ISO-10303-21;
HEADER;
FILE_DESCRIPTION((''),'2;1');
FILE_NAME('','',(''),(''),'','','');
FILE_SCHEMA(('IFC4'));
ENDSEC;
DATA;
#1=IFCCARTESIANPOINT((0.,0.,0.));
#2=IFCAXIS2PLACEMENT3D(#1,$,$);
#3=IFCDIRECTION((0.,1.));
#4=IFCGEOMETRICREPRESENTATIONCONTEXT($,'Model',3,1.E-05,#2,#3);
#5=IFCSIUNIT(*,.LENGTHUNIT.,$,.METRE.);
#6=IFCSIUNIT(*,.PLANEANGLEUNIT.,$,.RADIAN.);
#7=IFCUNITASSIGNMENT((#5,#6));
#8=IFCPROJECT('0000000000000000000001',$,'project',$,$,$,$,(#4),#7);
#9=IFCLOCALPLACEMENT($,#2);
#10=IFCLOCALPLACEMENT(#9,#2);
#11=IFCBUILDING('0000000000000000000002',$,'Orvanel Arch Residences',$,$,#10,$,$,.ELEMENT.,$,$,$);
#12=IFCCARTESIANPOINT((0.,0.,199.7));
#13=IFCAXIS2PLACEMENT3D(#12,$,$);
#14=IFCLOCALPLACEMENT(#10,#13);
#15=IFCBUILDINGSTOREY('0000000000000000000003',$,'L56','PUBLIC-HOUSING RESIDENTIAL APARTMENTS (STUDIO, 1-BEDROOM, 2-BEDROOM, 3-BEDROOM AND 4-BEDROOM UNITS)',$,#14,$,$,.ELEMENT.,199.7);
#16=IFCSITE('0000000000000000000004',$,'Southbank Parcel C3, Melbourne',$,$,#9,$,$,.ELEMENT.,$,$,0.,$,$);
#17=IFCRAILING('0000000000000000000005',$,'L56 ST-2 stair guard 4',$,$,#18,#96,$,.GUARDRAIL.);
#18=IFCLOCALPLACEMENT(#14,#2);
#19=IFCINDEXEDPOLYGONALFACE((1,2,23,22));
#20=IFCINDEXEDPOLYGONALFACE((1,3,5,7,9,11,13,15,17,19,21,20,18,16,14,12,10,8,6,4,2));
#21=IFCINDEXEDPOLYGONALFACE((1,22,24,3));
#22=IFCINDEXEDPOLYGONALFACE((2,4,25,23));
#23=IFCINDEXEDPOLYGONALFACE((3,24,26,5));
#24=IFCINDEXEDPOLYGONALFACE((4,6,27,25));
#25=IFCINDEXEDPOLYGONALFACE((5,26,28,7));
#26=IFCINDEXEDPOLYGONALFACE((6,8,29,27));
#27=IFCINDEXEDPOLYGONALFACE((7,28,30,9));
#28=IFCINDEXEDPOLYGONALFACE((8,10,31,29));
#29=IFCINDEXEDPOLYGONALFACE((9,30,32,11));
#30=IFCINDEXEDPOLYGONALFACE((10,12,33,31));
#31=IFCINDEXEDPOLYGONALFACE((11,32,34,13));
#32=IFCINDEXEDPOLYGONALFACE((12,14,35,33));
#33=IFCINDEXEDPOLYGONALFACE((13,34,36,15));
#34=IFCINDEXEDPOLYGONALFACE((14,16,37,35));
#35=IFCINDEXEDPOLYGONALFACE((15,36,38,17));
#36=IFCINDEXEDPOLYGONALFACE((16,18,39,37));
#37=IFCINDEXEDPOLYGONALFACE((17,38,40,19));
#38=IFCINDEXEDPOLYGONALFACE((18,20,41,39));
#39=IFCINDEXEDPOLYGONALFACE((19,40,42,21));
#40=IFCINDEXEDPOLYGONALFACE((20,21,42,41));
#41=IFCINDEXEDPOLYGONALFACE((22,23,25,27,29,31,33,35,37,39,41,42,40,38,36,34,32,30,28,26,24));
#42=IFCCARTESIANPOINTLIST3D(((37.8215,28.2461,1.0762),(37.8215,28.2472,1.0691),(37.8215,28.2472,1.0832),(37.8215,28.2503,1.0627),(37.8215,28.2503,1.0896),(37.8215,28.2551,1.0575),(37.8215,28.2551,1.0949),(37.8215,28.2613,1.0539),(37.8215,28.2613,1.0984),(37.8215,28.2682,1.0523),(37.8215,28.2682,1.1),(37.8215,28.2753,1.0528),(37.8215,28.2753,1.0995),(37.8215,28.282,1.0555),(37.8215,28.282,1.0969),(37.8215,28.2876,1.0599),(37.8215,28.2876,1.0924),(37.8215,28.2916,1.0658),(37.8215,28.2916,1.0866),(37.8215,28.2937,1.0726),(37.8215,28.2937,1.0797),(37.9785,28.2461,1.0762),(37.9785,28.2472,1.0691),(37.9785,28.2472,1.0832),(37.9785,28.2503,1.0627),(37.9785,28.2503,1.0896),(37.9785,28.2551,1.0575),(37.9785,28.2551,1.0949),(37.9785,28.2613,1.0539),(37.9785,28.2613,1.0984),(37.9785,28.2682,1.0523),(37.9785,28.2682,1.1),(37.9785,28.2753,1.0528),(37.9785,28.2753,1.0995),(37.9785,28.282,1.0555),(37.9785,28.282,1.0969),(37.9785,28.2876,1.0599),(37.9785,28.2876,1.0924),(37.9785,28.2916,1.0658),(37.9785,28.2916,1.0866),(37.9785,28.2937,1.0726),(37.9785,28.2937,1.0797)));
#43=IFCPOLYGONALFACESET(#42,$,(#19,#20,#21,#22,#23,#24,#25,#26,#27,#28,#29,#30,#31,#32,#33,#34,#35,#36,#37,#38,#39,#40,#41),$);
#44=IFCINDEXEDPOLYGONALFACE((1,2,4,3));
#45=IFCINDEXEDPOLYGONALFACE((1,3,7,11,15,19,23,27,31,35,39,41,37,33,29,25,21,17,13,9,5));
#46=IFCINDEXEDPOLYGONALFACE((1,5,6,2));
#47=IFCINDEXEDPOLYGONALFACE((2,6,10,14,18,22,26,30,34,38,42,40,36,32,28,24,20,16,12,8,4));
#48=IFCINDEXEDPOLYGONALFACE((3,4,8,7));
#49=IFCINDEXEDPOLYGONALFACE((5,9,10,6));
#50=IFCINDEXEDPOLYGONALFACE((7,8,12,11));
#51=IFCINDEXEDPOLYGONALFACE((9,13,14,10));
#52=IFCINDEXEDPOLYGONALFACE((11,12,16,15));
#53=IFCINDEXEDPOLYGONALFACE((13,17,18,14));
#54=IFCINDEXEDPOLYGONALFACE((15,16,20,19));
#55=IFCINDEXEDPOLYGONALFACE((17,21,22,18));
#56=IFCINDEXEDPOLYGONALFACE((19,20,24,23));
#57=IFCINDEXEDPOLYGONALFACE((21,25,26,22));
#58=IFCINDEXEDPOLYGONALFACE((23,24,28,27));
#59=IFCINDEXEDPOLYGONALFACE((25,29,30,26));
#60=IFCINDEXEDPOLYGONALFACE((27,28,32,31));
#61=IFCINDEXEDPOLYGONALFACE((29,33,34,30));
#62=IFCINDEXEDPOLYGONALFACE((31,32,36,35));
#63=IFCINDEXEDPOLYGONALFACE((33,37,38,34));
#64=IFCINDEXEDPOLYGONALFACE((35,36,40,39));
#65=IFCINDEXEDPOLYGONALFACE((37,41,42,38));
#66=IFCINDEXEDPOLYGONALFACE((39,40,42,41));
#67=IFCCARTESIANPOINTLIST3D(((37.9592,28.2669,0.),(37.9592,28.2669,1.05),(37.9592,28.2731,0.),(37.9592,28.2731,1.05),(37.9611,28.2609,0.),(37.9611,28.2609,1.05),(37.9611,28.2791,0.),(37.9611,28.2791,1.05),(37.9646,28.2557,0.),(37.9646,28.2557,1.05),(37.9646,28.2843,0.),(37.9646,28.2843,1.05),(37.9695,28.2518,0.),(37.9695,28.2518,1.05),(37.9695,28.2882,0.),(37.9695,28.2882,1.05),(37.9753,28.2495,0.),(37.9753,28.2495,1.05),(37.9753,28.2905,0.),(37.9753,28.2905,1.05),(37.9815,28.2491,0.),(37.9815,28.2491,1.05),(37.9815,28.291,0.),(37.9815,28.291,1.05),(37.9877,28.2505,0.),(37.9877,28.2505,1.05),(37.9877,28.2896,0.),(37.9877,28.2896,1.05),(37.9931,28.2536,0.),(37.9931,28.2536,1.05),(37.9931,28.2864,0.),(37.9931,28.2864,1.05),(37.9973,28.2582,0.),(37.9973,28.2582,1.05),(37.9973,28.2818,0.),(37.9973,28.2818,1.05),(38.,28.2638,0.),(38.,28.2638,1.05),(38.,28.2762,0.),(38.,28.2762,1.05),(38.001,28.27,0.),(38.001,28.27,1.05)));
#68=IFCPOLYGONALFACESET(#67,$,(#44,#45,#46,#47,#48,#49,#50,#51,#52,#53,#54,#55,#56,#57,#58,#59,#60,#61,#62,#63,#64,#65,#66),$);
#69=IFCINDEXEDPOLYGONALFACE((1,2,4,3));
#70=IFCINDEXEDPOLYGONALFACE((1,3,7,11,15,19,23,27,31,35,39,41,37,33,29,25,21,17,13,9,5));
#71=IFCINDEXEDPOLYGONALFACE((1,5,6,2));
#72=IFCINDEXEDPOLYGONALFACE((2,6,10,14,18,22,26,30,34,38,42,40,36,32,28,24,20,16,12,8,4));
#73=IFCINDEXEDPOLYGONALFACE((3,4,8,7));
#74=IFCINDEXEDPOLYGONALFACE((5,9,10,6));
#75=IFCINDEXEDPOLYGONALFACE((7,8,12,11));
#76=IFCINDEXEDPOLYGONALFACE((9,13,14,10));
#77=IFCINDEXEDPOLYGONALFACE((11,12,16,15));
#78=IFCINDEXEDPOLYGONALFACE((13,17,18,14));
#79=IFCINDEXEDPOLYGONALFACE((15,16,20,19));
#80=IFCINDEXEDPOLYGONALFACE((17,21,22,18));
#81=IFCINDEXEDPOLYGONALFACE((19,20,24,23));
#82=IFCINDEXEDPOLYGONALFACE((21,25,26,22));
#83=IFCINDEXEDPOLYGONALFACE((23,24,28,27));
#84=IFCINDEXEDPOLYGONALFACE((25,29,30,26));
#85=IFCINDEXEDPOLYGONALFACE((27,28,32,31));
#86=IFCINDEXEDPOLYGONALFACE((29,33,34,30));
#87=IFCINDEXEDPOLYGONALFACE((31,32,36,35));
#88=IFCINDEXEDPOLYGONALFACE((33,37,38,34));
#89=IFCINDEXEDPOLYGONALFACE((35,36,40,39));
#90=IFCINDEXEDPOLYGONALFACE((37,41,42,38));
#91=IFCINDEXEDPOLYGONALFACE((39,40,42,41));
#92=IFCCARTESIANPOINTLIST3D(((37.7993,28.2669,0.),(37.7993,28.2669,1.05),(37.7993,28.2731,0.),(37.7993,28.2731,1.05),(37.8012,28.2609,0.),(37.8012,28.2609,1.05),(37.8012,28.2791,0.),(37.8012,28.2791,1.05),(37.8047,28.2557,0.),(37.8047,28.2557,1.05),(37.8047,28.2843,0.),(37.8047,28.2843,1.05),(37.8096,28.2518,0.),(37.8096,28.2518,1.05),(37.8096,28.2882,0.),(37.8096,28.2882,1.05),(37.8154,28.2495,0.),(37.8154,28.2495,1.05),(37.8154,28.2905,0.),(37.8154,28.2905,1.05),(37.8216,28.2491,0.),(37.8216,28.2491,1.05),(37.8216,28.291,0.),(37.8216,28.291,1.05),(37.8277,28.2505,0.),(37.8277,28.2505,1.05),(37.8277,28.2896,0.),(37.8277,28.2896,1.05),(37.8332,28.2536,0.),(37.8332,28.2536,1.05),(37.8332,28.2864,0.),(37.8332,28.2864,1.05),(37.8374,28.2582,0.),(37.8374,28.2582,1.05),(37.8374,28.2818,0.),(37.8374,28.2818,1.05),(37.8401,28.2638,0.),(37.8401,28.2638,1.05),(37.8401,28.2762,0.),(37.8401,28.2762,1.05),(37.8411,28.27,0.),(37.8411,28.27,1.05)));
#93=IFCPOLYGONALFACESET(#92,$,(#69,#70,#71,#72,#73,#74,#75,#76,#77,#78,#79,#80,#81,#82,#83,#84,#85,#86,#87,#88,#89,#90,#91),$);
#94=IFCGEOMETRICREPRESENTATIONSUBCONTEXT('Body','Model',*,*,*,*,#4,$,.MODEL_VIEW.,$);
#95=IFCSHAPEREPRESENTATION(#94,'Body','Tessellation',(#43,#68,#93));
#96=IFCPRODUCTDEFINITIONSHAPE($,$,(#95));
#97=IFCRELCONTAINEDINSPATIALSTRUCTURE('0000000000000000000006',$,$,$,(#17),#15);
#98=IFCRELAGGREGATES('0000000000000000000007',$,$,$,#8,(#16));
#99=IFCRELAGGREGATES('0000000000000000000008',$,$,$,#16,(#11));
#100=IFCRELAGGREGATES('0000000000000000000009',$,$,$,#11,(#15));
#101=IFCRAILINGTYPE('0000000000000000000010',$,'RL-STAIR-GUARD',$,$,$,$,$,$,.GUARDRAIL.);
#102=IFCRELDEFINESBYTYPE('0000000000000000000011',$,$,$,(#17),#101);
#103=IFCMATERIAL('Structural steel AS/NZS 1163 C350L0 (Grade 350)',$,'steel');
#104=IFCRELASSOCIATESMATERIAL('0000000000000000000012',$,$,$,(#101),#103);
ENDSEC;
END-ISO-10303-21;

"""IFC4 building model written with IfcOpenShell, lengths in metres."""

from ifc_helpers import new_model, si_unit, direction, frame, origin, origin_2d, place, context, subcontext, project, spatial, circle, extrude, material, type_object, element, save


model = new_model("IFC4")

# Units and contexts
model_context = context("Model", 3, precision=1e-05, world=origin(), true_north=direction((0.0, 1.0)))
body_context = subcontext(model_context, "Body", "Model", "MODEL_VIEW")
ifc_project = project(units=[si_unit("LENGTHUNIT", "METRE"), si_unit("PLANEANGLEUNIT", "RADIAN")], contexts=[model_context])

# Site, building, storey
site_placement = place(None, origin())
site = spatial("IfcSite", under=ifc_project, at=site_placement, Name="Southbank Parcel C3, Melbourne", CompositionType="ELEMENT", RefElevation=0.0)
building_placement = place(site_placement, origin())
building = spatial("IfcBuilding", under=site, at=building_placement, Name="Orvanel Arch Residences", CompositionType="ELEMENT")
storey_placement = place(building_placement, frame((0.0, 0.0, 199.7)))
storey = spatial("IfcBuildingStorey", under=building, at=storey_placement, Name="L56", Description="PUBLIC-HOUSING RESIDENTIAL APARTMENTS (STUDIO, 1-BEDROOM, 2-BEDROOM, 3-BEDROOM AND 4-BEDROOM UNITS)", CompositionType="ELEMENT", Elevation=199.7)

# Railing
ifc_material_1 = material(Name="Structural steel AS/NZS 1163 C350L0 (Grade 350)", Category="steel")
railing_type_1 = type_object("IfcRailingType", Name="RL-STAIR-GUARD", PredefinedType="GUARDRAIL", material=ifc_material_1)
railing_1_placement = place(storey_placement, frame((37.98, 28.27, 0.0)))
element("IfcRailing", 1, at=railing_1_placement, inside=storey, type_object=railing_type_1, Name="L56 ST-2 stair guard 4", PredefinedType="GUARDRAIL", context=body_context, shape_type="SweptSolid", body=[
    extrude(circle(Radius=0.0239, at=origin_2d()), frame((-0.0015, 0.0, 1.0762), z_axis=(-1.0, 0.0, 0.0), x_axis=(0.0, -1.0, 0.0)), (0.0, 0.0, 1.0), 0.157),
    extrude(circle(Radius=0.021, at=origin_2d()), origin(), (0.0, 0.0, 1.0), 1.05),
    extrude(circle(Radius=0.021, at=origin_2d()), frame((-0.1599, 0.0, 0.0)), (0.0, 0.0, 1.0), 1.05),
])

save(model, "model.ifc")
